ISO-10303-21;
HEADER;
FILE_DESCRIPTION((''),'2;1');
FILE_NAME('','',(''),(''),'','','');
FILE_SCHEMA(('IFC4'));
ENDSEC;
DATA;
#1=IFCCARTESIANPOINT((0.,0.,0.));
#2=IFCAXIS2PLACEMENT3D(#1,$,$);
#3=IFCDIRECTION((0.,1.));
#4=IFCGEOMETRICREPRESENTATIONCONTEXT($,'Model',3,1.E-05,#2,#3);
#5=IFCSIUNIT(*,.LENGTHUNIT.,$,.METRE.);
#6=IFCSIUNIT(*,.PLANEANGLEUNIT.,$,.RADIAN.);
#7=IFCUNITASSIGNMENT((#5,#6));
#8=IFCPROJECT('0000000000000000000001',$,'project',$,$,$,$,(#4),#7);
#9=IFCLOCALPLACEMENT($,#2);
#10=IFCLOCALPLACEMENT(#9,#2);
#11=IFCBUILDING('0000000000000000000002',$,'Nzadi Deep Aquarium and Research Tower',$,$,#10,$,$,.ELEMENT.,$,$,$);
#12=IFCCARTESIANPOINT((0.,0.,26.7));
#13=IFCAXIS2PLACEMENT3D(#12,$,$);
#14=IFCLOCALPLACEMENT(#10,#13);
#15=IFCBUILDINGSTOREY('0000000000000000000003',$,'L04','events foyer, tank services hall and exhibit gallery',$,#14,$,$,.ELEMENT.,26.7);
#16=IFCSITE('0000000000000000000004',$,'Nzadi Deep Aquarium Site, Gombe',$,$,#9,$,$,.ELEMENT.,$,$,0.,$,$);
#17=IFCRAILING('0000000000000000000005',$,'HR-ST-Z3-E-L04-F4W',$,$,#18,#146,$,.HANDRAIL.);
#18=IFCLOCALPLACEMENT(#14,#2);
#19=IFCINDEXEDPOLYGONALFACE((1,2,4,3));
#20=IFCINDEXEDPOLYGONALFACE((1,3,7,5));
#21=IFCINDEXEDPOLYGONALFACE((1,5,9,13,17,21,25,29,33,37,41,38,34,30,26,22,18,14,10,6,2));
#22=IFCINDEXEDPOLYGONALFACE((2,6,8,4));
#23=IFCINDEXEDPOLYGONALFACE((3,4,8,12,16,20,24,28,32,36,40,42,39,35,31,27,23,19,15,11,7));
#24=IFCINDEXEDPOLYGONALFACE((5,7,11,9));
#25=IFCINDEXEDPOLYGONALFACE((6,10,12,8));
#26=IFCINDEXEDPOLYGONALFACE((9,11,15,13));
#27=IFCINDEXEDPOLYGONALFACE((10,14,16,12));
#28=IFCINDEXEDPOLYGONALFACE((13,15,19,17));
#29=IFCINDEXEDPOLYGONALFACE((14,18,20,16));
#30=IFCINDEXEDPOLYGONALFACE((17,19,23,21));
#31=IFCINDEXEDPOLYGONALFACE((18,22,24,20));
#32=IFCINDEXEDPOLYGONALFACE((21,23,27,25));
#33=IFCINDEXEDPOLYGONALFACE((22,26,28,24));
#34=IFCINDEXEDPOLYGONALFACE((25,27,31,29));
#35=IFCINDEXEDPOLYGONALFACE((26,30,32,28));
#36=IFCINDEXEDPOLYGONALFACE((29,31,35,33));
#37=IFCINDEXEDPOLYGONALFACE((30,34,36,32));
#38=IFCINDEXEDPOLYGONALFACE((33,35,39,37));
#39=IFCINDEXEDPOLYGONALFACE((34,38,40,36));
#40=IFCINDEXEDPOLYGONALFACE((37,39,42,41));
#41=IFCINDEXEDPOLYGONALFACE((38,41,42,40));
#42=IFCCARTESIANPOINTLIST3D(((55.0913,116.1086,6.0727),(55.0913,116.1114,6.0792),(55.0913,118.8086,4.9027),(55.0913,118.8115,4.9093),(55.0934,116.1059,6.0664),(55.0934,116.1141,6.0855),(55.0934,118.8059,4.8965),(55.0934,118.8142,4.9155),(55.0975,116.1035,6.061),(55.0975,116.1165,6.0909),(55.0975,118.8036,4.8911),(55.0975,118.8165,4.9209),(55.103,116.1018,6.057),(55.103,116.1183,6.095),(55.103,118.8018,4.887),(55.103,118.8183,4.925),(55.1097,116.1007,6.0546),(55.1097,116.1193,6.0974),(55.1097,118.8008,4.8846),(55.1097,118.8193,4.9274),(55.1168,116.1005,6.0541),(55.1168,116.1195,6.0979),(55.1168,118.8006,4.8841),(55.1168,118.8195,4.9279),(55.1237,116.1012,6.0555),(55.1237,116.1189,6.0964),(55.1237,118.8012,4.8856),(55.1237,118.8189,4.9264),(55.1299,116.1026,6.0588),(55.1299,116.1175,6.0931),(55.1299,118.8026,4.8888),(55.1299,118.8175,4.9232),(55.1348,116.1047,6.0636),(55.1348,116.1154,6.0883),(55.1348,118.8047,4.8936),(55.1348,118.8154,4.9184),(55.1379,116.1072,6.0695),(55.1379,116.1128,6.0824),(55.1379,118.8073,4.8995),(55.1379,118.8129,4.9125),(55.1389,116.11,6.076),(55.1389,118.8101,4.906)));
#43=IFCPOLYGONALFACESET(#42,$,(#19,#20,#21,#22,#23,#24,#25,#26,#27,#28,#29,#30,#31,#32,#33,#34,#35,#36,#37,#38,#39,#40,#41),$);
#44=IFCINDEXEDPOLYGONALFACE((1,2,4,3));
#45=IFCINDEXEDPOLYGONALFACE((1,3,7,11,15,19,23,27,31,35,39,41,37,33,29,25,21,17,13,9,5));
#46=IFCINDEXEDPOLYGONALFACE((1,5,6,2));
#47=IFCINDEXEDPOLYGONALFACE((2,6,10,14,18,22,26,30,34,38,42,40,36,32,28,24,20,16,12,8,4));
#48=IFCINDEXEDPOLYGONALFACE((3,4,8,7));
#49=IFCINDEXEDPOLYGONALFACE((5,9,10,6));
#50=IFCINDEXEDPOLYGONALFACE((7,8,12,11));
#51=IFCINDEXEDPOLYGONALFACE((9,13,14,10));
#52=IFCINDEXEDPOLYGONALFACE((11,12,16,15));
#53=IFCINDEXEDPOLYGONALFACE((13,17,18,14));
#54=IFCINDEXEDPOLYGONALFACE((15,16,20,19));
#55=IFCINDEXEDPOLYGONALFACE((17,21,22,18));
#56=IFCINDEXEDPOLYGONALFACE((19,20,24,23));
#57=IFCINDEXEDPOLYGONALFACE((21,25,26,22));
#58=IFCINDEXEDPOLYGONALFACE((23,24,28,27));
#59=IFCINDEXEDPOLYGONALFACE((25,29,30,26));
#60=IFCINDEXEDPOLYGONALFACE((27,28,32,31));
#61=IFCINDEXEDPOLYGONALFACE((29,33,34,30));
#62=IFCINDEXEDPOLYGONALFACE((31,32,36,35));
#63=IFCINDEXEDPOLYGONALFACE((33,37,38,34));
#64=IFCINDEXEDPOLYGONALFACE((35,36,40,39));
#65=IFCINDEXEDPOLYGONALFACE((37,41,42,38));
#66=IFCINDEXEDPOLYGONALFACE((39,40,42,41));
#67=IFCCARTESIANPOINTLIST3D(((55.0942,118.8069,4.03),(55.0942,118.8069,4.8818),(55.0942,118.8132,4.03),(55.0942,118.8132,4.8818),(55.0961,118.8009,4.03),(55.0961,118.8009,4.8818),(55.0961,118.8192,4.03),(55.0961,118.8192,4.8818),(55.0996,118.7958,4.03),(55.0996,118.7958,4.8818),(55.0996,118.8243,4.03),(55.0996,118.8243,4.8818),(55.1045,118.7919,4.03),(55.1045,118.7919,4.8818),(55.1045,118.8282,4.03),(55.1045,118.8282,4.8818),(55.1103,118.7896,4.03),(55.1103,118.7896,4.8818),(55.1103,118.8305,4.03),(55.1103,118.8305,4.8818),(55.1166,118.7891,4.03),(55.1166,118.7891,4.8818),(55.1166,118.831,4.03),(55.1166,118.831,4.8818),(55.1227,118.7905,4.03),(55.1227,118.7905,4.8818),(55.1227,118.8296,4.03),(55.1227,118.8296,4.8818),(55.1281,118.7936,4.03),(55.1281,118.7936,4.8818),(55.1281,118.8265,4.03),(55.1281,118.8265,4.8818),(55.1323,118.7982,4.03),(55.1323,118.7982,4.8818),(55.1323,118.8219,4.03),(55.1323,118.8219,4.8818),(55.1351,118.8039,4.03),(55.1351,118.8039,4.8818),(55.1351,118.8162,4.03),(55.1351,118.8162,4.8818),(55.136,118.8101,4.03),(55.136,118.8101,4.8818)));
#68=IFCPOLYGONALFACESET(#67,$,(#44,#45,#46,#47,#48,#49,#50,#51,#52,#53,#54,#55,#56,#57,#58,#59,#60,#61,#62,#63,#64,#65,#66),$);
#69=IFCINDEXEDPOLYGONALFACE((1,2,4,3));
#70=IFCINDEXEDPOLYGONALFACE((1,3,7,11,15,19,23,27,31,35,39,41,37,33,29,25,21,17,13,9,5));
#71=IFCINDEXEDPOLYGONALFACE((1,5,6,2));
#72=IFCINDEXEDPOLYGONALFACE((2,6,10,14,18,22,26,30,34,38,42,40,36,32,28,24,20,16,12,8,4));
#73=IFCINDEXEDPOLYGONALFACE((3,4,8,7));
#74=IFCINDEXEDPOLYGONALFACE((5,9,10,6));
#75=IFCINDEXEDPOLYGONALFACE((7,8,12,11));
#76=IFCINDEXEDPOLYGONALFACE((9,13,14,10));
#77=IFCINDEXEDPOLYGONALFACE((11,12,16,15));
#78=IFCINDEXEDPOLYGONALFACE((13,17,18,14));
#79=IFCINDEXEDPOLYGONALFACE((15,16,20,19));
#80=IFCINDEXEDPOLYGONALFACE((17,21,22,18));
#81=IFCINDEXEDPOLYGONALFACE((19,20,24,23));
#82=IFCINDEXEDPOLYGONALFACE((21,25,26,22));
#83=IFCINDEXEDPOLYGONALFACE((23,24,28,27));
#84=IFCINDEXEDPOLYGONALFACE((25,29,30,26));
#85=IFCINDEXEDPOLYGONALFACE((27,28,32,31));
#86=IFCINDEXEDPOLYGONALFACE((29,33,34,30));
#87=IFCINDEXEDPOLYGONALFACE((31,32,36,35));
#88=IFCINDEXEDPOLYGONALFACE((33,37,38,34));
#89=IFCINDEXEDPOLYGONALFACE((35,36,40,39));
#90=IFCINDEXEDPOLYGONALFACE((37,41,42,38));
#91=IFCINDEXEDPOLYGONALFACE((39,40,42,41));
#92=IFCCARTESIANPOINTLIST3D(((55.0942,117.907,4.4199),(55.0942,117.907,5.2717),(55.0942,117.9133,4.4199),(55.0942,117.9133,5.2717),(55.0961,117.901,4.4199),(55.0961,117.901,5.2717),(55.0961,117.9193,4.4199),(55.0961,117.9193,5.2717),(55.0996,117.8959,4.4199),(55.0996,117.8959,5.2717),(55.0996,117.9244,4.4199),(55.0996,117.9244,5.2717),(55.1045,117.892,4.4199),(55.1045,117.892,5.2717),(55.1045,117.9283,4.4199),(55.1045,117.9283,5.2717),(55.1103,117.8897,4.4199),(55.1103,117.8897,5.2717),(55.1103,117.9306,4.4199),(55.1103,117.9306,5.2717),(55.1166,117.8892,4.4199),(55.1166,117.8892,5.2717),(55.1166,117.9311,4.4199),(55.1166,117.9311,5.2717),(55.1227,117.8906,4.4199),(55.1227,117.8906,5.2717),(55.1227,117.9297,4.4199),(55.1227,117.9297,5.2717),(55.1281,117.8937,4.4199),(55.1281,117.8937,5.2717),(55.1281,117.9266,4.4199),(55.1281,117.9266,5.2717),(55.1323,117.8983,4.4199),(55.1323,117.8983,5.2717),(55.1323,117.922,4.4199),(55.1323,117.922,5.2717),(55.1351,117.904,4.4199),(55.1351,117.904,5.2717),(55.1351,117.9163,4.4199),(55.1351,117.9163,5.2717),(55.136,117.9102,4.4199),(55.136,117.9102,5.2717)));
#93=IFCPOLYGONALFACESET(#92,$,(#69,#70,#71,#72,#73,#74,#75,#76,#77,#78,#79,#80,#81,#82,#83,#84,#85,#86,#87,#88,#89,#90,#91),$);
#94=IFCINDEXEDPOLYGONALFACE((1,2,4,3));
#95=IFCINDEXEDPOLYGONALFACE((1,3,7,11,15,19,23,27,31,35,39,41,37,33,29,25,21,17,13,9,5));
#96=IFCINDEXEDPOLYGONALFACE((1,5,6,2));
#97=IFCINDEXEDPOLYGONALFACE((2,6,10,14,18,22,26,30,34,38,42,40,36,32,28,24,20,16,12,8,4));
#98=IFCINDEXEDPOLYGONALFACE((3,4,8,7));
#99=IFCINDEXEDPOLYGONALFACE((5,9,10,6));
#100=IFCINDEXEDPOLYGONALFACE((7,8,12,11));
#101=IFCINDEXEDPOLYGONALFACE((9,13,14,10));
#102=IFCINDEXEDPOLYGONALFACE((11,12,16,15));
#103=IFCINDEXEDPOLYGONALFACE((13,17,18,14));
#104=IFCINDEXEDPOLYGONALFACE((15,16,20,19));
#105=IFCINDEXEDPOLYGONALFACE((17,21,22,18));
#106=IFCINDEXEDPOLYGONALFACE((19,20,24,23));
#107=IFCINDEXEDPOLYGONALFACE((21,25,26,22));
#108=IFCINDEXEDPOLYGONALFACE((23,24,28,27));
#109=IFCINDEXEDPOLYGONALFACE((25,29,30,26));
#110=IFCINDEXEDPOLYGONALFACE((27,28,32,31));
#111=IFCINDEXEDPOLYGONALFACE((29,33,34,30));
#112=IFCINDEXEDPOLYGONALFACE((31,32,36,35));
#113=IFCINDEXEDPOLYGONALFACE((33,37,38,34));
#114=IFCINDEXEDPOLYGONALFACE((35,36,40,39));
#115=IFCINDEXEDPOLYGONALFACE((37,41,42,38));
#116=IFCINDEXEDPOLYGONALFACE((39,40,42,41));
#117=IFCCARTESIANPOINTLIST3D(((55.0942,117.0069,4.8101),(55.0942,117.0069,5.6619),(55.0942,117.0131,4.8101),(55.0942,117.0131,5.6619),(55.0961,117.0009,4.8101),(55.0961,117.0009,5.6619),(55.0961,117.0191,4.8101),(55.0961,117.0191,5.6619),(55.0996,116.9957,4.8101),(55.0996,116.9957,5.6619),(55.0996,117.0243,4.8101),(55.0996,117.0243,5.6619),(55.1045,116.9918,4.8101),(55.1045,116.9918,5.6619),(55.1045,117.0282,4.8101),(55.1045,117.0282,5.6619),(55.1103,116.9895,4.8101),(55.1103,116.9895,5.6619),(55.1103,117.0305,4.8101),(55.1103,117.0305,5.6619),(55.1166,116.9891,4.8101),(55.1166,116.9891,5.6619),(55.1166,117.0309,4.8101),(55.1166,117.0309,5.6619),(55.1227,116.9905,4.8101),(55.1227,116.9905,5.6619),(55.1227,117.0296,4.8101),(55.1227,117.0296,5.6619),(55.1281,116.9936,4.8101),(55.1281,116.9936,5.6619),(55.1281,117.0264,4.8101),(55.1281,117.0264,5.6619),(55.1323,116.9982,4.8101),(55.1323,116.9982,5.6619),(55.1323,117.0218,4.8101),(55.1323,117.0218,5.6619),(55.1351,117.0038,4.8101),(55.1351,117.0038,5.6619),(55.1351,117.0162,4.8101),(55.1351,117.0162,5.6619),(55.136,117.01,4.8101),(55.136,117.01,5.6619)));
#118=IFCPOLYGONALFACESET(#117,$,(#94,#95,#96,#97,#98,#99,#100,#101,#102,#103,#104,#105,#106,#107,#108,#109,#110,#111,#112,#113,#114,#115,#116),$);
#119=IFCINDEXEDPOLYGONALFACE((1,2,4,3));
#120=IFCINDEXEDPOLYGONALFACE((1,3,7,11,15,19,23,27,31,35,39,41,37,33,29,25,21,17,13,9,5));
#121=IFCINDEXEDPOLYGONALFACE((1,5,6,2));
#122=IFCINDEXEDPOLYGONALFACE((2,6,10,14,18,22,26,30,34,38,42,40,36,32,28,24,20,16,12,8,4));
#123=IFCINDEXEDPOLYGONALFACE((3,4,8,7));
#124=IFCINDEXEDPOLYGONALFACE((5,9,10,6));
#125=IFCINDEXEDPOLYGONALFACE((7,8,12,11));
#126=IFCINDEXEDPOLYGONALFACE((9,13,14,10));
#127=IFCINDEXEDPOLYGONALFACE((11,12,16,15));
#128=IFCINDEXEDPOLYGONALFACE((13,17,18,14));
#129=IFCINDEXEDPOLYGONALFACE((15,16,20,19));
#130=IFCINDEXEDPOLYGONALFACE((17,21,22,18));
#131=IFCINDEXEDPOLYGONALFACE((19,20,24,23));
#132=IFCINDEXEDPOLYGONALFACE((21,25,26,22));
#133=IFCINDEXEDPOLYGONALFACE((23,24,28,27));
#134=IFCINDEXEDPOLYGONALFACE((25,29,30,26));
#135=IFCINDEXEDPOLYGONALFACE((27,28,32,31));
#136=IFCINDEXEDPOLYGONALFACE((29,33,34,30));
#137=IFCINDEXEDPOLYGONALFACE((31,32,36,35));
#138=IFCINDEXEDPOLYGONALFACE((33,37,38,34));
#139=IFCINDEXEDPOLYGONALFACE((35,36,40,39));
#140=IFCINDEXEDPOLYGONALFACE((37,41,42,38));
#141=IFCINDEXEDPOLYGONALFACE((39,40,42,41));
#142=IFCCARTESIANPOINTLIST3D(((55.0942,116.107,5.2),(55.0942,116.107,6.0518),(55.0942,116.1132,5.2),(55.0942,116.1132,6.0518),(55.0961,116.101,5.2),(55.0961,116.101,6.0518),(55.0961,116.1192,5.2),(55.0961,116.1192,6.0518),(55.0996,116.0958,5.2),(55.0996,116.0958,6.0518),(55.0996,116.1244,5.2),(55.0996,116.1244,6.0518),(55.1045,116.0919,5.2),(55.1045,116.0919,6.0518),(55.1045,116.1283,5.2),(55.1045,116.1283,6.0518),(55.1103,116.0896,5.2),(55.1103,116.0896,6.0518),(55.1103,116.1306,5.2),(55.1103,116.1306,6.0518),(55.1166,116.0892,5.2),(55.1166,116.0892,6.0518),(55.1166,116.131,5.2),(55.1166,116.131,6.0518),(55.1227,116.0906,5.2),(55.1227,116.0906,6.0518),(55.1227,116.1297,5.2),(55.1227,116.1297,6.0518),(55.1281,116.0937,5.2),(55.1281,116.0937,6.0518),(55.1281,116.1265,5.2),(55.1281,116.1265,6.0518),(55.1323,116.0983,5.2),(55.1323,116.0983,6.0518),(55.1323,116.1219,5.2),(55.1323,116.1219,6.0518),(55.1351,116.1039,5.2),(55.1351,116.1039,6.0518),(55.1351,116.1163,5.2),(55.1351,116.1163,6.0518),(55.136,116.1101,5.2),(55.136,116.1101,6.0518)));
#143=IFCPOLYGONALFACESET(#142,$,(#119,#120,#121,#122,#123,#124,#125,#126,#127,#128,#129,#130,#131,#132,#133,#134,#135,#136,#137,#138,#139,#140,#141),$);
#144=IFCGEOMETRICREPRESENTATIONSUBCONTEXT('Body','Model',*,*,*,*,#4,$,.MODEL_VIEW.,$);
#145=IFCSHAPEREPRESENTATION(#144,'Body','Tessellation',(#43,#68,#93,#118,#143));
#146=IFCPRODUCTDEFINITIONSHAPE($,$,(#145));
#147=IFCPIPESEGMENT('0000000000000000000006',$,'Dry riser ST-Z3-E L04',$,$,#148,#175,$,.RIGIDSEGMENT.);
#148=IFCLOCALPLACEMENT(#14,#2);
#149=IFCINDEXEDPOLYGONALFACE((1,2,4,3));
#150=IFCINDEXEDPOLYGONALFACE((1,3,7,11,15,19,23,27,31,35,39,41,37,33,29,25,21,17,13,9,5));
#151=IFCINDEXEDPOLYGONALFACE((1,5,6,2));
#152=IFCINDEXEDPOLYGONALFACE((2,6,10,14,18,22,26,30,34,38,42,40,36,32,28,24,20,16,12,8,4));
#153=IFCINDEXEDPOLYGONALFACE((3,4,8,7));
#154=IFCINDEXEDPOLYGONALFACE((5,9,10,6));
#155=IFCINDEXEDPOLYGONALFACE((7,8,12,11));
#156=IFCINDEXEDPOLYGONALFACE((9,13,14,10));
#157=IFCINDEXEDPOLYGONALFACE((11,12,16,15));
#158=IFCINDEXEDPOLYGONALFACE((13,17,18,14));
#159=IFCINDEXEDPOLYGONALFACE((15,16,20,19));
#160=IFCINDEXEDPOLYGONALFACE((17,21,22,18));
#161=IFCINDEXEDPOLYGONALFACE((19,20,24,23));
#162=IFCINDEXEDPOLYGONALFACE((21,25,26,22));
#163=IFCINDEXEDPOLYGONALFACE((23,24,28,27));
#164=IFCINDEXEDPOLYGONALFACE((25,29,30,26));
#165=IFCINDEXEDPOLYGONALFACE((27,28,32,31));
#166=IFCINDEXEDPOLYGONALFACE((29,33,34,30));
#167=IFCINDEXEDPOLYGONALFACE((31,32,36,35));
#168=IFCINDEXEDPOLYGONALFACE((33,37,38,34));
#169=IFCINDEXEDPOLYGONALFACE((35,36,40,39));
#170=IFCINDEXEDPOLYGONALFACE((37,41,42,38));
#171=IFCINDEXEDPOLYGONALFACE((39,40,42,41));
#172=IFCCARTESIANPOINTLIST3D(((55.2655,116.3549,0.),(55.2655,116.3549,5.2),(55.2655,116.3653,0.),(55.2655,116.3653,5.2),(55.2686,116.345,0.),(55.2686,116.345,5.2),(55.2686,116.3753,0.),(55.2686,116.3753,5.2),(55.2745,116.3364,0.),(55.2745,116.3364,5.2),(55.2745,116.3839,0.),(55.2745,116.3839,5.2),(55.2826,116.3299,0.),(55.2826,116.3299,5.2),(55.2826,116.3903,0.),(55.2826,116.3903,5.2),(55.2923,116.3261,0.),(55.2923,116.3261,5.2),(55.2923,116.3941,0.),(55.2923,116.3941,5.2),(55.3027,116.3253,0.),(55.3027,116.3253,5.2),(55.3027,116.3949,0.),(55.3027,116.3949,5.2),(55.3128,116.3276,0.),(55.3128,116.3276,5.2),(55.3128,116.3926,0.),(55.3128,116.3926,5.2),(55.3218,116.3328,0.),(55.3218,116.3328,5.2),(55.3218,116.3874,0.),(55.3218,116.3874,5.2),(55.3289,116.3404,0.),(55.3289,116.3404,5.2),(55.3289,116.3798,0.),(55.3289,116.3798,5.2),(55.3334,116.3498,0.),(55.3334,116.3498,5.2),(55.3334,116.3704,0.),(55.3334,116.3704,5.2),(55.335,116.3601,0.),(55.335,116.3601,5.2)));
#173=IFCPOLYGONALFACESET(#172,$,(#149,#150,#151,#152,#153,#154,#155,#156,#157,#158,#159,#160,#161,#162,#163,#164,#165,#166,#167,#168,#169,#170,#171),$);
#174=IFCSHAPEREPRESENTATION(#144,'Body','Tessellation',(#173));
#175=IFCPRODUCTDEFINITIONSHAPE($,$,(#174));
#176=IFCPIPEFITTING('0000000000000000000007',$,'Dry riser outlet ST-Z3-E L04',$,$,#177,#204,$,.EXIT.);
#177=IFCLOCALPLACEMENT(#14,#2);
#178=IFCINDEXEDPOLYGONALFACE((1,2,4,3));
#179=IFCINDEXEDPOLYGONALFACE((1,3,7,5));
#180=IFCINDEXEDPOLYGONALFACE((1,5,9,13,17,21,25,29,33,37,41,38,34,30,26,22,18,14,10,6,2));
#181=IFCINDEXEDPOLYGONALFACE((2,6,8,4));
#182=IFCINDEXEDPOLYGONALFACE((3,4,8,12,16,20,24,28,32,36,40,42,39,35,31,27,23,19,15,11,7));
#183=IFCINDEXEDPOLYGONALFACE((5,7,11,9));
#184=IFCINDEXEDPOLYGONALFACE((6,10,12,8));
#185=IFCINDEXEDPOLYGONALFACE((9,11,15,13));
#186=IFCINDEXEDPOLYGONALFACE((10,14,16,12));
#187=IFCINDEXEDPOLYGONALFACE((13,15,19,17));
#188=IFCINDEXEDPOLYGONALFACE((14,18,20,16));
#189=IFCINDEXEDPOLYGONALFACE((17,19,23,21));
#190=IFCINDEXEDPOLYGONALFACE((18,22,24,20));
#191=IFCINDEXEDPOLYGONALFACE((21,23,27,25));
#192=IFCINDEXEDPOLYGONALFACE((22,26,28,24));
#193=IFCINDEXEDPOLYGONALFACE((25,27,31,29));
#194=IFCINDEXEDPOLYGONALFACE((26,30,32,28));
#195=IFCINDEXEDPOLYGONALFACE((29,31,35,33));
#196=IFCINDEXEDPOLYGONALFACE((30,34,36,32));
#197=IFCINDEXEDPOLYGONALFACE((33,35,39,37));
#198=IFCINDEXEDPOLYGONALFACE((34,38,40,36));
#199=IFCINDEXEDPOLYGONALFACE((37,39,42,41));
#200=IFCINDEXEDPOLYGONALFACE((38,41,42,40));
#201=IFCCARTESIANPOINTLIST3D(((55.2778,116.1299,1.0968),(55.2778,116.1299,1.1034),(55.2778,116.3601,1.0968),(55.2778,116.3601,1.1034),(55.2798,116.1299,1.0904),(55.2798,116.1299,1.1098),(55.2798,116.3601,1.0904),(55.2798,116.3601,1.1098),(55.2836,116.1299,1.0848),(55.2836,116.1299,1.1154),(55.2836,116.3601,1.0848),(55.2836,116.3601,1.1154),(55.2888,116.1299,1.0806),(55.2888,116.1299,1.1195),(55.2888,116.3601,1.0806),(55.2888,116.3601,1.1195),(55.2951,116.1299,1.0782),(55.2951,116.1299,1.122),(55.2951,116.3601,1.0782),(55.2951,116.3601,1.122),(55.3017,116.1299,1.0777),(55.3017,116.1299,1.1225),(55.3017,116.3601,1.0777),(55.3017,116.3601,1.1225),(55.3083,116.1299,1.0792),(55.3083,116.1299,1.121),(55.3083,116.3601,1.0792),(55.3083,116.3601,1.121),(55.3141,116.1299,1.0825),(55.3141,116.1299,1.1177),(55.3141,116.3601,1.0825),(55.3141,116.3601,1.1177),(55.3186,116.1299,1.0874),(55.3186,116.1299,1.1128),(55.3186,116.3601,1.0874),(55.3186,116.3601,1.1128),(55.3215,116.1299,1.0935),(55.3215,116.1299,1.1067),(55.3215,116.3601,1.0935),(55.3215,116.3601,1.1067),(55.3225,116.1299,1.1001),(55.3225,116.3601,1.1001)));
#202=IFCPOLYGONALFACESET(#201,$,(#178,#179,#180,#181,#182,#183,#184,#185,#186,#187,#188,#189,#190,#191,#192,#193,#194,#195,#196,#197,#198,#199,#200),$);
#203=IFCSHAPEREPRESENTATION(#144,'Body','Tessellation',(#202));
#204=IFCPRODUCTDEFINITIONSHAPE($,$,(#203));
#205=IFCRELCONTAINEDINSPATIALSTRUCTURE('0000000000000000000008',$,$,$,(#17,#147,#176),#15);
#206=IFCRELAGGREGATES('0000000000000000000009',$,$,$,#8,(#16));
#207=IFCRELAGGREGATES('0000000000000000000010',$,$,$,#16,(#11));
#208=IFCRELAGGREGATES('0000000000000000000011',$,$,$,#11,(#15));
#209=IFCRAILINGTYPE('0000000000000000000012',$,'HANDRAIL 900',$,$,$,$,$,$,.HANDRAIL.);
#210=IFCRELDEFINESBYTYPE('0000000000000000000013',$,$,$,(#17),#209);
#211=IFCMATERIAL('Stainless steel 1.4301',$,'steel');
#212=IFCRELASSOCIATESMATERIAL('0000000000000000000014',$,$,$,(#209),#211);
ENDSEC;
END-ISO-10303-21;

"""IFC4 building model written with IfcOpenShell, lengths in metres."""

from ifc_helpers import new_model, si_unit, direction, frame, origin, origin_2d, place, context, subcontext, project, spatial, circle, extrude, material, type_object, element, save


model = new_model("IFC4")

# Units and contexts
model_context = context("Model", 3, precision=1e-05, world=origin(), true_north=direction((0.0, 1.0)))
body_context = subcontext(model_context, "Body", "Model", "MODEL_VIEW")
ifc_project = project(units=[si_unit("LENGTHUNIT", "METRE"), si_unit("PLANEANGLEUNIT", "RADIAN")], contexts=[model_context])

# Site, building, storey
site_placement = place(None, origin())
site = spatial("IfcSite", under=ifc_project, at=site_placement, Name="Nzadi Deep Aquarium Site, Gombe", CompositionType="ELEMENT", RefElevation=0.0)
building_placement = place(site_placement, origin())
building = spatial("IfcBuilding", under=site, at=building_placement, Name="Nzadi Deep Aquarium and Research Tower", CompositionType="ELEMENT")
storey_placement = place(building_placement, frame((0.0, 0.0, 26.7)))
storey = spatial("IfcBuildingStorey", under=building, at=storey_placement, Name="L04", Description="events foyer, tank services hall and exhibit gallery", CompositionType="ELEMENT", Elevation=26.7)

# Railing
ifc_material_1 = material(Name="Stainless steel 1.4301", Category="steel")
railing_type_1 = type_object("IfcRailingType", Name="HANDRAIL 900", PredefinedType="HANDRAIL", material=ifc_material_1)
for number, where, name in (
    (1, (55.115, 118.8101, 4.03), "HR-ST-Z3-E-L04-F4W"),
):
    element("IfcRailing", number, at=place(storey_placement, frame(where)), inside=storey, type_object=railing_type_1, Name=name, PredefinedType="HANDRAIL", context=body_context, shape_type="SweptSolid", body=[
        extrude(circle(Radius=0.0239, at=origin_2d()), frame((0.0, 0.0, 0.876), z_axis=(0.0, -0.917563, 0.397591), x_axis=(1.0, 0.0, 0.0)), (0.0, 0.0, 1.0), 2.9426),
        extrude(circle(Radius=0.021, at=origin_2d()), origin(), (0.0, 0.0, 1.0), 0.8518),
        extrude(circle(Radius=0.021, at=origin_2d()), frame((0.0, -0.8999, 0.3899)), (0.0, 0.0, 1.0), 0.8518),
        extrude(circle(Radius=0.021, at=origin_2d()), frame((0.0, -1.8, 0.78)), (0.0, 0.0, 1.0), 0.8518),
        extrude(circle(Radius=0.021, at=origin_2d()), frame((0.0, -2.7, 1.1699)), (0.0, 0.0, 1.0), 0.8518),
    ])

# Pipe segment
pipe_segment_placement = place(storey_placement, frame((55.3, 116.3601, 0.0), z_axis=(0.0, 0.0, 1.0), x_axis=(1.0, 0.0, 0.0)))
element("IfcPipeSegment", 2, at=pipe_segment_placement, inside=storey, Name="Dry riser ST-Z3-E L04", PredefinedType="RIGIDSEGMENT", context=body_context, shape_type="SweptSolid", body=[
    extrude(circle(Radius=0.0349, at=origin_2d()), origin(), (0.0, 0.0, 1.0), 5.2),
])

# Pipe fitting
pipe_fitting_placement = place(storey_placement, frame((55.3, 116.3601, 1.1001), z_axis=(0.0, -1.0, 0.0), x_axis=(1.0, 0.0, 0.0)))
element("IfcPipeFitting", 3, at=pipe_fitting_placement, inside=storey, Name="Dry riser outlet ST-Z3-E L04", PredefinedType="EXIT", context=body_context, shape_type="SweptSolid", body=[
    extrude(circle(Radius=0.0225, at=origin_2d()), origin(), (0.0, 0.0, 1.0), 0.2302),
])

save(model, "model.ifc")
